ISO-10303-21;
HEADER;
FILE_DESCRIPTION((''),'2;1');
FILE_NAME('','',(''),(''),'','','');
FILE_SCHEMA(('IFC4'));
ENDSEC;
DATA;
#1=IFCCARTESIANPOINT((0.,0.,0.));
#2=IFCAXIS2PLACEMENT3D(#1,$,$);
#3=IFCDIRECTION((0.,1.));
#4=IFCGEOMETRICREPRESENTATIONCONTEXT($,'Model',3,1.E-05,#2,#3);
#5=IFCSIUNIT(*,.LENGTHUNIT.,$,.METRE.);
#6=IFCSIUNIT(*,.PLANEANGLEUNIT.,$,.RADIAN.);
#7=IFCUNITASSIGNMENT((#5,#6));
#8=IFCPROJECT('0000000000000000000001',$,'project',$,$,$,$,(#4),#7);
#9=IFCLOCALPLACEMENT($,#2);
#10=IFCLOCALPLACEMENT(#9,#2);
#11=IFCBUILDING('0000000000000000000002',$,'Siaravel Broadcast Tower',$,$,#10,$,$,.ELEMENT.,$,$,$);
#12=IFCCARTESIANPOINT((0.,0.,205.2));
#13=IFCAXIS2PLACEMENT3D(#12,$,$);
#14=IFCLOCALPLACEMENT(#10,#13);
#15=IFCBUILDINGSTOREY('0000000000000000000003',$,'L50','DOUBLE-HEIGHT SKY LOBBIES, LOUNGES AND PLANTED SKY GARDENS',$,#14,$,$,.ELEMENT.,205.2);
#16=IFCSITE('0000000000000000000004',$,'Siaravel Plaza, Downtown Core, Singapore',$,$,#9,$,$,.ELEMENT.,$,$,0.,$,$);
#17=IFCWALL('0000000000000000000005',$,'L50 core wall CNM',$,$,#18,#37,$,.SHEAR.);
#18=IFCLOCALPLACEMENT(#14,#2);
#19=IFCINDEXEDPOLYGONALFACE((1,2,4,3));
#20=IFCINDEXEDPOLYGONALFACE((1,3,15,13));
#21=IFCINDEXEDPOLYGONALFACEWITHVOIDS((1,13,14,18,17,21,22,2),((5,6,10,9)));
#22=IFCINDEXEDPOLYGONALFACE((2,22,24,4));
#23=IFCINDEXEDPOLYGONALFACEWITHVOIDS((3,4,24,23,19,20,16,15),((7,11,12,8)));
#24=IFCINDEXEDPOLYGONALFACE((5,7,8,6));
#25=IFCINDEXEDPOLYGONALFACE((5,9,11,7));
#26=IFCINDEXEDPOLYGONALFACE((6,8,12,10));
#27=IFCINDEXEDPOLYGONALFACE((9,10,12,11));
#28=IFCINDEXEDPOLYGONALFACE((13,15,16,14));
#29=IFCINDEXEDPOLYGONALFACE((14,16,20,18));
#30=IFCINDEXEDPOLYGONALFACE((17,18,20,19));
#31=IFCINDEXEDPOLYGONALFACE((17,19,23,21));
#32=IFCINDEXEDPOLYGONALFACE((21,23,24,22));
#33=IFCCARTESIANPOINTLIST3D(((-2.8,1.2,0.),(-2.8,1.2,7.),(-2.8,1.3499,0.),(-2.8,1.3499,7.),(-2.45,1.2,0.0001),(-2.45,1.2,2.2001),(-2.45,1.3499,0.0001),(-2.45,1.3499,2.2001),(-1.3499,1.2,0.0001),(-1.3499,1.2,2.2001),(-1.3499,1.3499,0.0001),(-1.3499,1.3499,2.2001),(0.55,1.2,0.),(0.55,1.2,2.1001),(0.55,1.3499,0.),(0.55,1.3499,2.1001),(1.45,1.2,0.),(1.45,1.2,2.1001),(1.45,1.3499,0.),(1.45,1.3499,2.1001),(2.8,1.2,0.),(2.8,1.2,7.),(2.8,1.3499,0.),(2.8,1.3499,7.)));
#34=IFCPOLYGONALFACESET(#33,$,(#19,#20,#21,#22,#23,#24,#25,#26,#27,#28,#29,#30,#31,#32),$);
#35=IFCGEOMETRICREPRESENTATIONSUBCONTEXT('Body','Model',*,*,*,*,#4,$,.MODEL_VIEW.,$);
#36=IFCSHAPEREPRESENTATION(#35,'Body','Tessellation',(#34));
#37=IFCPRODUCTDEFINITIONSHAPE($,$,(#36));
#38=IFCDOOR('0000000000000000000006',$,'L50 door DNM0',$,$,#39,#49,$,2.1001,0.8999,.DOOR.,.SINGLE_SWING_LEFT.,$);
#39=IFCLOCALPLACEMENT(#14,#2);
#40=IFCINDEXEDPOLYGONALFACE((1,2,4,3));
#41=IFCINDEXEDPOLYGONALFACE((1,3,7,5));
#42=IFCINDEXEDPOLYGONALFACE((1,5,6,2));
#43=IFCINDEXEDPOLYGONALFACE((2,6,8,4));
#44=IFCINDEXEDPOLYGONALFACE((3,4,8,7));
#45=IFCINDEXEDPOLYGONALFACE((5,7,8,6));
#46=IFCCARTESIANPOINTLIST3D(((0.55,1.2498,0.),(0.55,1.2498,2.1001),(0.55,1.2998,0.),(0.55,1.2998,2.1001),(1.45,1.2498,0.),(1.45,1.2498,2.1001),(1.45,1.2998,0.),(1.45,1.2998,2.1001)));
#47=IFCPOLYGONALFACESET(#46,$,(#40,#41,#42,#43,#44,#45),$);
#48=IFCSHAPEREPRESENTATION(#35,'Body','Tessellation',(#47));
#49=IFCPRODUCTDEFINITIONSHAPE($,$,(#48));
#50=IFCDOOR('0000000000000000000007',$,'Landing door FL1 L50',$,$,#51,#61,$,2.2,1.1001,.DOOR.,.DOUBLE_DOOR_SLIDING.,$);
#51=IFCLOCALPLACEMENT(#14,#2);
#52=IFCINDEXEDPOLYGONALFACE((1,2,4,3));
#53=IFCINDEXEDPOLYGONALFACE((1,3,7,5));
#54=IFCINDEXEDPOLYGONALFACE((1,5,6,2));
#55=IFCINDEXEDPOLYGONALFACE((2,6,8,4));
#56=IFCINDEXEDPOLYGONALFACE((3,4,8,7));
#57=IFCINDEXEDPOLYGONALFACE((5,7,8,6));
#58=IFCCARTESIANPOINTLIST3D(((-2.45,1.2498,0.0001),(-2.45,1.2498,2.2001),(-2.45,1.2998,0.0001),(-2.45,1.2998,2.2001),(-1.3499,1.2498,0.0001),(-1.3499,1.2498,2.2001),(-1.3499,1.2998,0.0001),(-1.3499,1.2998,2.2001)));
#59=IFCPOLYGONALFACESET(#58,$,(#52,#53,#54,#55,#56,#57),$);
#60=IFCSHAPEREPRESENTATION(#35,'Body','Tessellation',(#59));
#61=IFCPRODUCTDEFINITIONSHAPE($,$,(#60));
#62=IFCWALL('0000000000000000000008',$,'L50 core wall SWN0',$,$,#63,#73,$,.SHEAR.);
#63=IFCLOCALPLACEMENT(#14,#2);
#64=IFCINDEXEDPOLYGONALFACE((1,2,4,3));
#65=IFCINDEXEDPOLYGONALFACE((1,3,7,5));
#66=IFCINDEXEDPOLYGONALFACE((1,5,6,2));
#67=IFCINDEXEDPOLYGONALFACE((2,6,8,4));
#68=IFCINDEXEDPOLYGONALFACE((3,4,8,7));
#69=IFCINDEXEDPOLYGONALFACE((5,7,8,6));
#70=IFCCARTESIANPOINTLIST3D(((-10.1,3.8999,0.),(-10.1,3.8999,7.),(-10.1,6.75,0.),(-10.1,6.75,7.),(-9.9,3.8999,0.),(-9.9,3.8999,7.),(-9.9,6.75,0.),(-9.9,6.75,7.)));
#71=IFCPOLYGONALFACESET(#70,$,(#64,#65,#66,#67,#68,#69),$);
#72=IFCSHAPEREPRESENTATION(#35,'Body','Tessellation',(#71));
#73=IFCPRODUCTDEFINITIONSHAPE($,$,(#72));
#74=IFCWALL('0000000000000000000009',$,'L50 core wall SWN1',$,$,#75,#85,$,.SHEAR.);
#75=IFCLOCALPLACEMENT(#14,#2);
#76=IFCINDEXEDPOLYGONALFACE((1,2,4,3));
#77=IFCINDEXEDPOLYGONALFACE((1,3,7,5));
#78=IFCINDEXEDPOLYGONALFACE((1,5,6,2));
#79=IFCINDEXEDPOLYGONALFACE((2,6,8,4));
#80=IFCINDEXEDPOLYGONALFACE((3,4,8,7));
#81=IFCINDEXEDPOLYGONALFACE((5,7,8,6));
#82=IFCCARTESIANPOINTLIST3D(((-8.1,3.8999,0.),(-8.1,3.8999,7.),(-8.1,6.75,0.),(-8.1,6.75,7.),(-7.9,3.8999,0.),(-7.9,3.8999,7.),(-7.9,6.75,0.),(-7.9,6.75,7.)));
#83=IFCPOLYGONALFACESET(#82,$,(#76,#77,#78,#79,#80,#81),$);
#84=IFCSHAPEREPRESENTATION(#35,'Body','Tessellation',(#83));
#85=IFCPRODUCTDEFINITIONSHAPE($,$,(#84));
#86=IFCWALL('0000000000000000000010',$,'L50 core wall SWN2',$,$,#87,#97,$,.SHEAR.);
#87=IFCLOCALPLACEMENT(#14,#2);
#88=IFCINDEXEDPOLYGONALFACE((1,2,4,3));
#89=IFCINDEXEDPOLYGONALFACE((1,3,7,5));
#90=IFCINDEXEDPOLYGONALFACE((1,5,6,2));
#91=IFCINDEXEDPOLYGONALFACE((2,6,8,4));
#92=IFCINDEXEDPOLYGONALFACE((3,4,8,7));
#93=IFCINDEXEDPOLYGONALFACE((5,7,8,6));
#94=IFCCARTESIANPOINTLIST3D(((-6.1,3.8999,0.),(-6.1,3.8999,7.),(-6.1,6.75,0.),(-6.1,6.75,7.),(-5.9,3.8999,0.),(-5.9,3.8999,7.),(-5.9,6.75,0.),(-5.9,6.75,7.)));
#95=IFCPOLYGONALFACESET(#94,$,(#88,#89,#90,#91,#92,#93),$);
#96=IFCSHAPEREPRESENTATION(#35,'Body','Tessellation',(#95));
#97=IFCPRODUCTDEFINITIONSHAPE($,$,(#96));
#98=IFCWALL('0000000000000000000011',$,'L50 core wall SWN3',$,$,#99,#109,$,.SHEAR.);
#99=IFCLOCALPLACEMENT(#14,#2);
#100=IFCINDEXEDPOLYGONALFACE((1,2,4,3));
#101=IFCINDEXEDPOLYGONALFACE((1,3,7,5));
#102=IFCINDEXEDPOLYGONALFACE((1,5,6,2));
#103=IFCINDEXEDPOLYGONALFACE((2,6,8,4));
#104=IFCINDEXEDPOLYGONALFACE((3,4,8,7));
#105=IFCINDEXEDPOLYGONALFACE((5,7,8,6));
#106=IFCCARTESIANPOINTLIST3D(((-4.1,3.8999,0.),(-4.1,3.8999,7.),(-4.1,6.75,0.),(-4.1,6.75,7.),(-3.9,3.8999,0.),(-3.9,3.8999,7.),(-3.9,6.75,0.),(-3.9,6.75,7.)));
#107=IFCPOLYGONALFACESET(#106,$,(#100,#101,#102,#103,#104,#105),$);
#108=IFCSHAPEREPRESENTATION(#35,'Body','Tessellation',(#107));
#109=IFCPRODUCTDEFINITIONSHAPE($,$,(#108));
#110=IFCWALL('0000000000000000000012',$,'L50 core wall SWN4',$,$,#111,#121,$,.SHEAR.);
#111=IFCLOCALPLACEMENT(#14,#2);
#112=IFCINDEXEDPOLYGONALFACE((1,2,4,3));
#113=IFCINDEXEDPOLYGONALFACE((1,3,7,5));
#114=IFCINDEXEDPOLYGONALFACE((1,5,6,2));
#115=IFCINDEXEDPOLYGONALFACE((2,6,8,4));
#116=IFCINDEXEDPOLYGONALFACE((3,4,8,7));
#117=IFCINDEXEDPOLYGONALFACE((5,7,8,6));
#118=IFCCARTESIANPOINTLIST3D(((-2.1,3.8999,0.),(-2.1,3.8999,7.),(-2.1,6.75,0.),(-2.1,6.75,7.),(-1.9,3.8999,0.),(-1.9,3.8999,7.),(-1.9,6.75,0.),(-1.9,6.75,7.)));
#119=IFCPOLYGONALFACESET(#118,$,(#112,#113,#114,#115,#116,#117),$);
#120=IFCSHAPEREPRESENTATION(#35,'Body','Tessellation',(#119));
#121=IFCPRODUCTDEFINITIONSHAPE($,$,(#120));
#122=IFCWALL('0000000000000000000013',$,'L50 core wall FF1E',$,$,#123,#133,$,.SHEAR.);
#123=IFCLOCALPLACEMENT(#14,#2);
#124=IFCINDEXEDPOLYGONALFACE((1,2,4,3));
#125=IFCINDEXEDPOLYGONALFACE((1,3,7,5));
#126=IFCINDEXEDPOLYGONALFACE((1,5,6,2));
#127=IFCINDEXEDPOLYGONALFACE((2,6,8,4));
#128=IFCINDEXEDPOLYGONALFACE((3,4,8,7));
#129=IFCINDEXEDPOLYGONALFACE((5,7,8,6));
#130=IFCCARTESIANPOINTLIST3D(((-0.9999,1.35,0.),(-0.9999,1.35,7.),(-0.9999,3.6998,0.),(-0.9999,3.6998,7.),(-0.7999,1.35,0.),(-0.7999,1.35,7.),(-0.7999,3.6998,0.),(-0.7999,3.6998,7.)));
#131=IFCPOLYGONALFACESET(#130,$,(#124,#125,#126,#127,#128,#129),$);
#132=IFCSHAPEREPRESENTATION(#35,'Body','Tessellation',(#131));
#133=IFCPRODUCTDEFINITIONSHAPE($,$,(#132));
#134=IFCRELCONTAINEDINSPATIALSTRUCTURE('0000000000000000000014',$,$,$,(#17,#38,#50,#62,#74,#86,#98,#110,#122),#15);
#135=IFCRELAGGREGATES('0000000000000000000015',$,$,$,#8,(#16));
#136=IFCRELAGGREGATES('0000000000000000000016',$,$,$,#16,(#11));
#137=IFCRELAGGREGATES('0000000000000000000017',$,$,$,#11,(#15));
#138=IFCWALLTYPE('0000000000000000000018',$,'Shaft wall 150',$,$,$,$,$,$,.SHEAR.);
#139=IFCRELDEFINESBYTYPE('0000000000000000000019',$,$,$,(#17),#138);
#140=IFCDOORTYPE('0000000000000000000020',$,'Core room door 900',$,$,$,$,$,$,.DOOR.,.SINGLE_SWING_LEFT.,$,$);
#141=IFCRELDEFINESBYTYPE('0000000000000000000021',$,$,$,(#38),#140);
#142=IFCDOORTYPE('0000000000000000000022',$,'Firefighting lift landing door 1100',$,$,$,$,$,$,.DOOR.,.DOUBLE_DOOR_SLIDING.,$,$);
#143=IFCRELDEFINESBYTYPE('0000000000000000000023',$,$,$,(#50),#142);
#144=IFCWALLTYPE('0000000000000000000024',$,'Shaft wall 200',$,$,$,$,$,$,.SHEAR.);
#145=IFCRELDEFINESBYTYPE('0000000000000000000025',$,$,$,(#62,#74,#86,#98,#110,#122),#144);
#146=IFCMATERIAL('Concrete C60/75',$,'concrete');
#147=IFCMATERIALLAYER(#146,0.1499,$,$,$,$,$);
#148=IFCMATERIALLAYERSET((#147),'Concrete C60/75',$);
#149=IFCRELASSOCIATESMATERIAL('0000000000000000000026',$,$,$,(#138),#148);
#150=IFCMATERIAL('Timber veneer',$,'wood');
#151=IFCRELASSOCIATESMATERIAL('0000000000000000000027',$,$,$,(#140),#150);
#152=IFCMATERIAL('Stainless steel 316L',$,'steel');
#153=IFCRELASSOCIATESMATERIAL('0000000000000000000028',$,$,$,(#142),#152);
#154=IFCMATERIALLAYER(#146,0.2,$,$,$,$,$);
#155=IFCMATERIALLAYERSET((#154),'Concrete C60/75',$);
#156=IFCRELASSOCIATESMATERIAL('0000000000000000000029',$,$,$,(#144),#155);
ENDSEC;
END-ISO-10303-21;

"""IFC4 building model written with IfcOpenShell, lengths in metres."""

from ifc_helpers import new_model, si_unit, direction, frame, frame_2d, origin, place, context, subcontext, project, spatial, rectangle, extrude, material, layer, layer_set, type_object, element, fill, save


model = new_model("IFC4")

# Units and contexts
model_context = context("Model", 3, precision=1e-05, world=origin(), true_north=direction((0.0, 1.0)))
body_context = subcontext(model_context, "Body", "Model", "MODEL_VIEW")
ifc_project = project(units=[si_unit("LENGTHUNIT", "METRE"), si_unit("PLANEANGLEUNIT", "RADIAN")], contexts=[model_context])

# Site, building, storey
site_placement = place(None, origin())
site = spatial("IfcSite", under=ifc_project, at=site_placement, Name="Siaravel Plaza, Downtown Core, Singapore", CompositionType="ELEMENT", RefElevation=0.0)
building_placement = place(site_placement, origin())
building = spatial("IfcBuilding", under=site, at=building_placement, Name="Siaravel Broadcast Tower", CompositionType="ELEMENT")
storey_placement = place(building_placement, frame((0.0, 0.0, 205.2)))
storey = spatial("IfcBuildingStorey", under=building, at=storey_placement, Name="L50", Description="DOUBLE-HEIGHT SKY LOBBIES, LOUNGES AND PLANTED SKY GARDENS", CompositionType="ELEMENT", Elevation=205.2)

# Shared definitions
ifc_material_1 = material(Name="Concrete C60/75", Category="concrete")

# Wall, openings, doors
ifc_layer_1 = layer(ifc_material_1, 0.1499)
ifc_layer_set_1 = layer_set([ifc_layer_1], Name="Concrete C60/75")
wall_type_1 = type_object("IfcWallType", Name="Shaft wall 150", PredefinedType="SHEAR", material=ifc_layer_set_1)
wall_1_placement = place(storey_placement, frame((-2.8, 1.2749, 0.0), z_axis=(0.0, 0.0, 1.0), x_axis=(1.0, 0.0, 0.0)))
wall_1 = element("IfcWall", 1, at=wall_1_placement, inside=storey, type_object=wall_type_1, Name="L50 core wall CNM", PredefinedType="SHEAR", context=body_context, shape_type="SweptSolid", body=[
    extrude(rectangle(XDim=5.6001, YDim=0.1499, at=frame_2d((2.8, 0.0))), origin(), (0.0, 0.0, 1.0), 7.0),
])
opening_1_placement = place(wall_1_placement, frame((0.3501, 0.0, 0.0)))
opening_1 = element("IfcOpeningElement", 2, at=opening_1_placement, cuts=wall_1, PredefinedType="OPENING", context=body_context, shape_type="SweptSolid", body=[
    extrude(rectangle(XDim=1.1001, YDim=2.2, at=frame_2d((0.55, 1.1001))), frame((0.0, 0.085, 0.0), z_axis=(0.0, -1.0, 0.0), x_axis=(1.0, 0.0, 0.0)), (0.0, 0.0, 1.0), 0.1699),
])
opening_2_placement = place(wall_1_placement, frame((3.3501, 0.0, 0.0)))
opening_2 = element("IfcOpeningElement", 3, at=opening_2_placement, cuts=wall_1, PredefinedType="OPENING", context=body_context, shape_type="SweptSolid", body=[
    extrude(rectangle(XDim=0.8999, YDim=2.1001, at=frame_2d((0.45, 1.05))), frame((0.0, 0.085, 0.0), z_axis=(0.0, -1.0, 0.0), x_axis=(1.0, 0.0, 0.0)), (0.0, 0.0, 1.0), 0.1699),
])
ifc_material_2 = material(Name="Timber veneer", Category="wood")
door_type_1 = type_object("IfcDoorType", Name="Core room door 900", OperationType="SINGLE_SWING_LEFT", PredefinedType="DOOR", material=ifc_material_2)
door_1_placement = place(opening_2_placement, origin())
door_1 = element("IfcDoor", 4, at=door_1_placement, inside=storey, type_object=door_type_1, Name="L50 door DNM0", OperationType="SINGLE_SWING_LEFT", OverallHeight=2.1001, OverallWidth=0.8999, PredefinedType="DOOR", context=body_context, shape_type="SweptSolid", body=[
    extrude(rectangle(XDim=0.8999, YDim=2.1001, at=frame_2d((0.45, 1.05))), frame((0.0, 0.0249, 0.0), z_axis=(0.0, -1.0, 0.0), x_axis=(1.0, 0.0, 0.0)), (0.0, 0.0, 1.0), 0.05),
])
fill(opening_2, door_1)
ifc_material_3 = material(Name="Stainless steel 316L", Category="steel")
door_type_2 = type_object("IfcDoorType", Name="Firefighting lift landing door 1100", OperationType="DOUBLE_DOOR_SLIDING", PredefinedType="DOOR", material=ifc_material_3)
door_2_placement = place(opening_1_placement, origin())
door_2 = element("IfcDoor", 5, at=door_2_placement, inside=storey, type_object=door_type_2, Name="Landing door FL1 L50", OperationType="DOUBLE_DOOR_SLIDING", OverallHeight=2.2, OverallWidth=1.1001, PredefinedType="DOOR", context=body_context, shape_type="SweptSolid", body=[
    extrude(rectangle(XDim=1.1001, YDim=2.2, at=frame_2d((0.55, 1.1001))), frame((0.0, 0.0249, 0.0), z_axis=(0.0, -1.0, 0.0), x_axis=(1.0, 0.0, 0.0)), (0.0, 0.0, 1.0), 0.05),
])
fill(opening_1, door_2)

# Walls
ifc_layer_2 = layer(ifc_material_1, 0.2)
ifc_layer_set_2 = layer_set([ifc_layer_2], Name="Concrete C60/75")
wall_type_2 = type_object("IfcWallType", Name="Shaft wall 200", PredefinedType="SHEAR", material=ifc_layer_set_2)
for number, where, z_axis, x_axis, name in (
    (6, (-10.0, 3.8999, 0.0), (0.0, 0.0, 1.0), (0.0, 1.0, 0.0), "L50 core wall SWN0"),
    (7, (-8.0, 3.8999, 0.0), (0.0, 0.0, 1.0), (0.0, 1.0, 0.0), "L50 core wall SWN1"),
    (8, (-6.0, 3.8999, 0.0), (0.0, 0.0, 1.0), (0.0, 1.0, 0.0), "L50 core wall SWN2"),
    (9, (-4.0, 3.8999, 0.0), (0.0, 0.0, 1.0), (0.0, 1.0, 0.0), "L50 core wall SWN3"),
    (10, (-2.0, 3.8999, 0.0), (0.0, 0.0, 1.0), (0.0, 1.0, 0.0), "L50 core wall SWN4"),
):
    element("IfcWall", number, at=place(storey_placement, frame(where, z_axis=z_axis, x_axis=x_axis)), inside=storey, type_object=wall_type_2, Name=name, PredefinedType="SHEAR", context=body_context, shape_type="SweptSolid", body=[
        extrude(rectangle(XDim=2.8501, YDim=0.2, at=frame_2d((1.425, 0.0))), origin(), (0.0, 0.0, 1.0), 7.0),
    ])
wall_2_placement = place(storey_placement, frame((-0.8999, 1.3501, 0.0), z_axis=(0.0, 0.0, 1.0), x_axis=(0.0, 1.0, 0.0)))
element("IfcWall", 11, at=wall_2_placement, inside=storey, type_object=wall_type_2, Name="L50 core wall FF1E", PredefinedType="SHEAR", context=body_context, shape_type="SweptSolid", body=[
    extrude(rectangle(XDim=2.3499, YDim=0.2, at=frame_2d((1.1748, 0.0))), origin(), (0.0, 0.0, 1.0), 7.0),
])

save(model, "model.ifc")
